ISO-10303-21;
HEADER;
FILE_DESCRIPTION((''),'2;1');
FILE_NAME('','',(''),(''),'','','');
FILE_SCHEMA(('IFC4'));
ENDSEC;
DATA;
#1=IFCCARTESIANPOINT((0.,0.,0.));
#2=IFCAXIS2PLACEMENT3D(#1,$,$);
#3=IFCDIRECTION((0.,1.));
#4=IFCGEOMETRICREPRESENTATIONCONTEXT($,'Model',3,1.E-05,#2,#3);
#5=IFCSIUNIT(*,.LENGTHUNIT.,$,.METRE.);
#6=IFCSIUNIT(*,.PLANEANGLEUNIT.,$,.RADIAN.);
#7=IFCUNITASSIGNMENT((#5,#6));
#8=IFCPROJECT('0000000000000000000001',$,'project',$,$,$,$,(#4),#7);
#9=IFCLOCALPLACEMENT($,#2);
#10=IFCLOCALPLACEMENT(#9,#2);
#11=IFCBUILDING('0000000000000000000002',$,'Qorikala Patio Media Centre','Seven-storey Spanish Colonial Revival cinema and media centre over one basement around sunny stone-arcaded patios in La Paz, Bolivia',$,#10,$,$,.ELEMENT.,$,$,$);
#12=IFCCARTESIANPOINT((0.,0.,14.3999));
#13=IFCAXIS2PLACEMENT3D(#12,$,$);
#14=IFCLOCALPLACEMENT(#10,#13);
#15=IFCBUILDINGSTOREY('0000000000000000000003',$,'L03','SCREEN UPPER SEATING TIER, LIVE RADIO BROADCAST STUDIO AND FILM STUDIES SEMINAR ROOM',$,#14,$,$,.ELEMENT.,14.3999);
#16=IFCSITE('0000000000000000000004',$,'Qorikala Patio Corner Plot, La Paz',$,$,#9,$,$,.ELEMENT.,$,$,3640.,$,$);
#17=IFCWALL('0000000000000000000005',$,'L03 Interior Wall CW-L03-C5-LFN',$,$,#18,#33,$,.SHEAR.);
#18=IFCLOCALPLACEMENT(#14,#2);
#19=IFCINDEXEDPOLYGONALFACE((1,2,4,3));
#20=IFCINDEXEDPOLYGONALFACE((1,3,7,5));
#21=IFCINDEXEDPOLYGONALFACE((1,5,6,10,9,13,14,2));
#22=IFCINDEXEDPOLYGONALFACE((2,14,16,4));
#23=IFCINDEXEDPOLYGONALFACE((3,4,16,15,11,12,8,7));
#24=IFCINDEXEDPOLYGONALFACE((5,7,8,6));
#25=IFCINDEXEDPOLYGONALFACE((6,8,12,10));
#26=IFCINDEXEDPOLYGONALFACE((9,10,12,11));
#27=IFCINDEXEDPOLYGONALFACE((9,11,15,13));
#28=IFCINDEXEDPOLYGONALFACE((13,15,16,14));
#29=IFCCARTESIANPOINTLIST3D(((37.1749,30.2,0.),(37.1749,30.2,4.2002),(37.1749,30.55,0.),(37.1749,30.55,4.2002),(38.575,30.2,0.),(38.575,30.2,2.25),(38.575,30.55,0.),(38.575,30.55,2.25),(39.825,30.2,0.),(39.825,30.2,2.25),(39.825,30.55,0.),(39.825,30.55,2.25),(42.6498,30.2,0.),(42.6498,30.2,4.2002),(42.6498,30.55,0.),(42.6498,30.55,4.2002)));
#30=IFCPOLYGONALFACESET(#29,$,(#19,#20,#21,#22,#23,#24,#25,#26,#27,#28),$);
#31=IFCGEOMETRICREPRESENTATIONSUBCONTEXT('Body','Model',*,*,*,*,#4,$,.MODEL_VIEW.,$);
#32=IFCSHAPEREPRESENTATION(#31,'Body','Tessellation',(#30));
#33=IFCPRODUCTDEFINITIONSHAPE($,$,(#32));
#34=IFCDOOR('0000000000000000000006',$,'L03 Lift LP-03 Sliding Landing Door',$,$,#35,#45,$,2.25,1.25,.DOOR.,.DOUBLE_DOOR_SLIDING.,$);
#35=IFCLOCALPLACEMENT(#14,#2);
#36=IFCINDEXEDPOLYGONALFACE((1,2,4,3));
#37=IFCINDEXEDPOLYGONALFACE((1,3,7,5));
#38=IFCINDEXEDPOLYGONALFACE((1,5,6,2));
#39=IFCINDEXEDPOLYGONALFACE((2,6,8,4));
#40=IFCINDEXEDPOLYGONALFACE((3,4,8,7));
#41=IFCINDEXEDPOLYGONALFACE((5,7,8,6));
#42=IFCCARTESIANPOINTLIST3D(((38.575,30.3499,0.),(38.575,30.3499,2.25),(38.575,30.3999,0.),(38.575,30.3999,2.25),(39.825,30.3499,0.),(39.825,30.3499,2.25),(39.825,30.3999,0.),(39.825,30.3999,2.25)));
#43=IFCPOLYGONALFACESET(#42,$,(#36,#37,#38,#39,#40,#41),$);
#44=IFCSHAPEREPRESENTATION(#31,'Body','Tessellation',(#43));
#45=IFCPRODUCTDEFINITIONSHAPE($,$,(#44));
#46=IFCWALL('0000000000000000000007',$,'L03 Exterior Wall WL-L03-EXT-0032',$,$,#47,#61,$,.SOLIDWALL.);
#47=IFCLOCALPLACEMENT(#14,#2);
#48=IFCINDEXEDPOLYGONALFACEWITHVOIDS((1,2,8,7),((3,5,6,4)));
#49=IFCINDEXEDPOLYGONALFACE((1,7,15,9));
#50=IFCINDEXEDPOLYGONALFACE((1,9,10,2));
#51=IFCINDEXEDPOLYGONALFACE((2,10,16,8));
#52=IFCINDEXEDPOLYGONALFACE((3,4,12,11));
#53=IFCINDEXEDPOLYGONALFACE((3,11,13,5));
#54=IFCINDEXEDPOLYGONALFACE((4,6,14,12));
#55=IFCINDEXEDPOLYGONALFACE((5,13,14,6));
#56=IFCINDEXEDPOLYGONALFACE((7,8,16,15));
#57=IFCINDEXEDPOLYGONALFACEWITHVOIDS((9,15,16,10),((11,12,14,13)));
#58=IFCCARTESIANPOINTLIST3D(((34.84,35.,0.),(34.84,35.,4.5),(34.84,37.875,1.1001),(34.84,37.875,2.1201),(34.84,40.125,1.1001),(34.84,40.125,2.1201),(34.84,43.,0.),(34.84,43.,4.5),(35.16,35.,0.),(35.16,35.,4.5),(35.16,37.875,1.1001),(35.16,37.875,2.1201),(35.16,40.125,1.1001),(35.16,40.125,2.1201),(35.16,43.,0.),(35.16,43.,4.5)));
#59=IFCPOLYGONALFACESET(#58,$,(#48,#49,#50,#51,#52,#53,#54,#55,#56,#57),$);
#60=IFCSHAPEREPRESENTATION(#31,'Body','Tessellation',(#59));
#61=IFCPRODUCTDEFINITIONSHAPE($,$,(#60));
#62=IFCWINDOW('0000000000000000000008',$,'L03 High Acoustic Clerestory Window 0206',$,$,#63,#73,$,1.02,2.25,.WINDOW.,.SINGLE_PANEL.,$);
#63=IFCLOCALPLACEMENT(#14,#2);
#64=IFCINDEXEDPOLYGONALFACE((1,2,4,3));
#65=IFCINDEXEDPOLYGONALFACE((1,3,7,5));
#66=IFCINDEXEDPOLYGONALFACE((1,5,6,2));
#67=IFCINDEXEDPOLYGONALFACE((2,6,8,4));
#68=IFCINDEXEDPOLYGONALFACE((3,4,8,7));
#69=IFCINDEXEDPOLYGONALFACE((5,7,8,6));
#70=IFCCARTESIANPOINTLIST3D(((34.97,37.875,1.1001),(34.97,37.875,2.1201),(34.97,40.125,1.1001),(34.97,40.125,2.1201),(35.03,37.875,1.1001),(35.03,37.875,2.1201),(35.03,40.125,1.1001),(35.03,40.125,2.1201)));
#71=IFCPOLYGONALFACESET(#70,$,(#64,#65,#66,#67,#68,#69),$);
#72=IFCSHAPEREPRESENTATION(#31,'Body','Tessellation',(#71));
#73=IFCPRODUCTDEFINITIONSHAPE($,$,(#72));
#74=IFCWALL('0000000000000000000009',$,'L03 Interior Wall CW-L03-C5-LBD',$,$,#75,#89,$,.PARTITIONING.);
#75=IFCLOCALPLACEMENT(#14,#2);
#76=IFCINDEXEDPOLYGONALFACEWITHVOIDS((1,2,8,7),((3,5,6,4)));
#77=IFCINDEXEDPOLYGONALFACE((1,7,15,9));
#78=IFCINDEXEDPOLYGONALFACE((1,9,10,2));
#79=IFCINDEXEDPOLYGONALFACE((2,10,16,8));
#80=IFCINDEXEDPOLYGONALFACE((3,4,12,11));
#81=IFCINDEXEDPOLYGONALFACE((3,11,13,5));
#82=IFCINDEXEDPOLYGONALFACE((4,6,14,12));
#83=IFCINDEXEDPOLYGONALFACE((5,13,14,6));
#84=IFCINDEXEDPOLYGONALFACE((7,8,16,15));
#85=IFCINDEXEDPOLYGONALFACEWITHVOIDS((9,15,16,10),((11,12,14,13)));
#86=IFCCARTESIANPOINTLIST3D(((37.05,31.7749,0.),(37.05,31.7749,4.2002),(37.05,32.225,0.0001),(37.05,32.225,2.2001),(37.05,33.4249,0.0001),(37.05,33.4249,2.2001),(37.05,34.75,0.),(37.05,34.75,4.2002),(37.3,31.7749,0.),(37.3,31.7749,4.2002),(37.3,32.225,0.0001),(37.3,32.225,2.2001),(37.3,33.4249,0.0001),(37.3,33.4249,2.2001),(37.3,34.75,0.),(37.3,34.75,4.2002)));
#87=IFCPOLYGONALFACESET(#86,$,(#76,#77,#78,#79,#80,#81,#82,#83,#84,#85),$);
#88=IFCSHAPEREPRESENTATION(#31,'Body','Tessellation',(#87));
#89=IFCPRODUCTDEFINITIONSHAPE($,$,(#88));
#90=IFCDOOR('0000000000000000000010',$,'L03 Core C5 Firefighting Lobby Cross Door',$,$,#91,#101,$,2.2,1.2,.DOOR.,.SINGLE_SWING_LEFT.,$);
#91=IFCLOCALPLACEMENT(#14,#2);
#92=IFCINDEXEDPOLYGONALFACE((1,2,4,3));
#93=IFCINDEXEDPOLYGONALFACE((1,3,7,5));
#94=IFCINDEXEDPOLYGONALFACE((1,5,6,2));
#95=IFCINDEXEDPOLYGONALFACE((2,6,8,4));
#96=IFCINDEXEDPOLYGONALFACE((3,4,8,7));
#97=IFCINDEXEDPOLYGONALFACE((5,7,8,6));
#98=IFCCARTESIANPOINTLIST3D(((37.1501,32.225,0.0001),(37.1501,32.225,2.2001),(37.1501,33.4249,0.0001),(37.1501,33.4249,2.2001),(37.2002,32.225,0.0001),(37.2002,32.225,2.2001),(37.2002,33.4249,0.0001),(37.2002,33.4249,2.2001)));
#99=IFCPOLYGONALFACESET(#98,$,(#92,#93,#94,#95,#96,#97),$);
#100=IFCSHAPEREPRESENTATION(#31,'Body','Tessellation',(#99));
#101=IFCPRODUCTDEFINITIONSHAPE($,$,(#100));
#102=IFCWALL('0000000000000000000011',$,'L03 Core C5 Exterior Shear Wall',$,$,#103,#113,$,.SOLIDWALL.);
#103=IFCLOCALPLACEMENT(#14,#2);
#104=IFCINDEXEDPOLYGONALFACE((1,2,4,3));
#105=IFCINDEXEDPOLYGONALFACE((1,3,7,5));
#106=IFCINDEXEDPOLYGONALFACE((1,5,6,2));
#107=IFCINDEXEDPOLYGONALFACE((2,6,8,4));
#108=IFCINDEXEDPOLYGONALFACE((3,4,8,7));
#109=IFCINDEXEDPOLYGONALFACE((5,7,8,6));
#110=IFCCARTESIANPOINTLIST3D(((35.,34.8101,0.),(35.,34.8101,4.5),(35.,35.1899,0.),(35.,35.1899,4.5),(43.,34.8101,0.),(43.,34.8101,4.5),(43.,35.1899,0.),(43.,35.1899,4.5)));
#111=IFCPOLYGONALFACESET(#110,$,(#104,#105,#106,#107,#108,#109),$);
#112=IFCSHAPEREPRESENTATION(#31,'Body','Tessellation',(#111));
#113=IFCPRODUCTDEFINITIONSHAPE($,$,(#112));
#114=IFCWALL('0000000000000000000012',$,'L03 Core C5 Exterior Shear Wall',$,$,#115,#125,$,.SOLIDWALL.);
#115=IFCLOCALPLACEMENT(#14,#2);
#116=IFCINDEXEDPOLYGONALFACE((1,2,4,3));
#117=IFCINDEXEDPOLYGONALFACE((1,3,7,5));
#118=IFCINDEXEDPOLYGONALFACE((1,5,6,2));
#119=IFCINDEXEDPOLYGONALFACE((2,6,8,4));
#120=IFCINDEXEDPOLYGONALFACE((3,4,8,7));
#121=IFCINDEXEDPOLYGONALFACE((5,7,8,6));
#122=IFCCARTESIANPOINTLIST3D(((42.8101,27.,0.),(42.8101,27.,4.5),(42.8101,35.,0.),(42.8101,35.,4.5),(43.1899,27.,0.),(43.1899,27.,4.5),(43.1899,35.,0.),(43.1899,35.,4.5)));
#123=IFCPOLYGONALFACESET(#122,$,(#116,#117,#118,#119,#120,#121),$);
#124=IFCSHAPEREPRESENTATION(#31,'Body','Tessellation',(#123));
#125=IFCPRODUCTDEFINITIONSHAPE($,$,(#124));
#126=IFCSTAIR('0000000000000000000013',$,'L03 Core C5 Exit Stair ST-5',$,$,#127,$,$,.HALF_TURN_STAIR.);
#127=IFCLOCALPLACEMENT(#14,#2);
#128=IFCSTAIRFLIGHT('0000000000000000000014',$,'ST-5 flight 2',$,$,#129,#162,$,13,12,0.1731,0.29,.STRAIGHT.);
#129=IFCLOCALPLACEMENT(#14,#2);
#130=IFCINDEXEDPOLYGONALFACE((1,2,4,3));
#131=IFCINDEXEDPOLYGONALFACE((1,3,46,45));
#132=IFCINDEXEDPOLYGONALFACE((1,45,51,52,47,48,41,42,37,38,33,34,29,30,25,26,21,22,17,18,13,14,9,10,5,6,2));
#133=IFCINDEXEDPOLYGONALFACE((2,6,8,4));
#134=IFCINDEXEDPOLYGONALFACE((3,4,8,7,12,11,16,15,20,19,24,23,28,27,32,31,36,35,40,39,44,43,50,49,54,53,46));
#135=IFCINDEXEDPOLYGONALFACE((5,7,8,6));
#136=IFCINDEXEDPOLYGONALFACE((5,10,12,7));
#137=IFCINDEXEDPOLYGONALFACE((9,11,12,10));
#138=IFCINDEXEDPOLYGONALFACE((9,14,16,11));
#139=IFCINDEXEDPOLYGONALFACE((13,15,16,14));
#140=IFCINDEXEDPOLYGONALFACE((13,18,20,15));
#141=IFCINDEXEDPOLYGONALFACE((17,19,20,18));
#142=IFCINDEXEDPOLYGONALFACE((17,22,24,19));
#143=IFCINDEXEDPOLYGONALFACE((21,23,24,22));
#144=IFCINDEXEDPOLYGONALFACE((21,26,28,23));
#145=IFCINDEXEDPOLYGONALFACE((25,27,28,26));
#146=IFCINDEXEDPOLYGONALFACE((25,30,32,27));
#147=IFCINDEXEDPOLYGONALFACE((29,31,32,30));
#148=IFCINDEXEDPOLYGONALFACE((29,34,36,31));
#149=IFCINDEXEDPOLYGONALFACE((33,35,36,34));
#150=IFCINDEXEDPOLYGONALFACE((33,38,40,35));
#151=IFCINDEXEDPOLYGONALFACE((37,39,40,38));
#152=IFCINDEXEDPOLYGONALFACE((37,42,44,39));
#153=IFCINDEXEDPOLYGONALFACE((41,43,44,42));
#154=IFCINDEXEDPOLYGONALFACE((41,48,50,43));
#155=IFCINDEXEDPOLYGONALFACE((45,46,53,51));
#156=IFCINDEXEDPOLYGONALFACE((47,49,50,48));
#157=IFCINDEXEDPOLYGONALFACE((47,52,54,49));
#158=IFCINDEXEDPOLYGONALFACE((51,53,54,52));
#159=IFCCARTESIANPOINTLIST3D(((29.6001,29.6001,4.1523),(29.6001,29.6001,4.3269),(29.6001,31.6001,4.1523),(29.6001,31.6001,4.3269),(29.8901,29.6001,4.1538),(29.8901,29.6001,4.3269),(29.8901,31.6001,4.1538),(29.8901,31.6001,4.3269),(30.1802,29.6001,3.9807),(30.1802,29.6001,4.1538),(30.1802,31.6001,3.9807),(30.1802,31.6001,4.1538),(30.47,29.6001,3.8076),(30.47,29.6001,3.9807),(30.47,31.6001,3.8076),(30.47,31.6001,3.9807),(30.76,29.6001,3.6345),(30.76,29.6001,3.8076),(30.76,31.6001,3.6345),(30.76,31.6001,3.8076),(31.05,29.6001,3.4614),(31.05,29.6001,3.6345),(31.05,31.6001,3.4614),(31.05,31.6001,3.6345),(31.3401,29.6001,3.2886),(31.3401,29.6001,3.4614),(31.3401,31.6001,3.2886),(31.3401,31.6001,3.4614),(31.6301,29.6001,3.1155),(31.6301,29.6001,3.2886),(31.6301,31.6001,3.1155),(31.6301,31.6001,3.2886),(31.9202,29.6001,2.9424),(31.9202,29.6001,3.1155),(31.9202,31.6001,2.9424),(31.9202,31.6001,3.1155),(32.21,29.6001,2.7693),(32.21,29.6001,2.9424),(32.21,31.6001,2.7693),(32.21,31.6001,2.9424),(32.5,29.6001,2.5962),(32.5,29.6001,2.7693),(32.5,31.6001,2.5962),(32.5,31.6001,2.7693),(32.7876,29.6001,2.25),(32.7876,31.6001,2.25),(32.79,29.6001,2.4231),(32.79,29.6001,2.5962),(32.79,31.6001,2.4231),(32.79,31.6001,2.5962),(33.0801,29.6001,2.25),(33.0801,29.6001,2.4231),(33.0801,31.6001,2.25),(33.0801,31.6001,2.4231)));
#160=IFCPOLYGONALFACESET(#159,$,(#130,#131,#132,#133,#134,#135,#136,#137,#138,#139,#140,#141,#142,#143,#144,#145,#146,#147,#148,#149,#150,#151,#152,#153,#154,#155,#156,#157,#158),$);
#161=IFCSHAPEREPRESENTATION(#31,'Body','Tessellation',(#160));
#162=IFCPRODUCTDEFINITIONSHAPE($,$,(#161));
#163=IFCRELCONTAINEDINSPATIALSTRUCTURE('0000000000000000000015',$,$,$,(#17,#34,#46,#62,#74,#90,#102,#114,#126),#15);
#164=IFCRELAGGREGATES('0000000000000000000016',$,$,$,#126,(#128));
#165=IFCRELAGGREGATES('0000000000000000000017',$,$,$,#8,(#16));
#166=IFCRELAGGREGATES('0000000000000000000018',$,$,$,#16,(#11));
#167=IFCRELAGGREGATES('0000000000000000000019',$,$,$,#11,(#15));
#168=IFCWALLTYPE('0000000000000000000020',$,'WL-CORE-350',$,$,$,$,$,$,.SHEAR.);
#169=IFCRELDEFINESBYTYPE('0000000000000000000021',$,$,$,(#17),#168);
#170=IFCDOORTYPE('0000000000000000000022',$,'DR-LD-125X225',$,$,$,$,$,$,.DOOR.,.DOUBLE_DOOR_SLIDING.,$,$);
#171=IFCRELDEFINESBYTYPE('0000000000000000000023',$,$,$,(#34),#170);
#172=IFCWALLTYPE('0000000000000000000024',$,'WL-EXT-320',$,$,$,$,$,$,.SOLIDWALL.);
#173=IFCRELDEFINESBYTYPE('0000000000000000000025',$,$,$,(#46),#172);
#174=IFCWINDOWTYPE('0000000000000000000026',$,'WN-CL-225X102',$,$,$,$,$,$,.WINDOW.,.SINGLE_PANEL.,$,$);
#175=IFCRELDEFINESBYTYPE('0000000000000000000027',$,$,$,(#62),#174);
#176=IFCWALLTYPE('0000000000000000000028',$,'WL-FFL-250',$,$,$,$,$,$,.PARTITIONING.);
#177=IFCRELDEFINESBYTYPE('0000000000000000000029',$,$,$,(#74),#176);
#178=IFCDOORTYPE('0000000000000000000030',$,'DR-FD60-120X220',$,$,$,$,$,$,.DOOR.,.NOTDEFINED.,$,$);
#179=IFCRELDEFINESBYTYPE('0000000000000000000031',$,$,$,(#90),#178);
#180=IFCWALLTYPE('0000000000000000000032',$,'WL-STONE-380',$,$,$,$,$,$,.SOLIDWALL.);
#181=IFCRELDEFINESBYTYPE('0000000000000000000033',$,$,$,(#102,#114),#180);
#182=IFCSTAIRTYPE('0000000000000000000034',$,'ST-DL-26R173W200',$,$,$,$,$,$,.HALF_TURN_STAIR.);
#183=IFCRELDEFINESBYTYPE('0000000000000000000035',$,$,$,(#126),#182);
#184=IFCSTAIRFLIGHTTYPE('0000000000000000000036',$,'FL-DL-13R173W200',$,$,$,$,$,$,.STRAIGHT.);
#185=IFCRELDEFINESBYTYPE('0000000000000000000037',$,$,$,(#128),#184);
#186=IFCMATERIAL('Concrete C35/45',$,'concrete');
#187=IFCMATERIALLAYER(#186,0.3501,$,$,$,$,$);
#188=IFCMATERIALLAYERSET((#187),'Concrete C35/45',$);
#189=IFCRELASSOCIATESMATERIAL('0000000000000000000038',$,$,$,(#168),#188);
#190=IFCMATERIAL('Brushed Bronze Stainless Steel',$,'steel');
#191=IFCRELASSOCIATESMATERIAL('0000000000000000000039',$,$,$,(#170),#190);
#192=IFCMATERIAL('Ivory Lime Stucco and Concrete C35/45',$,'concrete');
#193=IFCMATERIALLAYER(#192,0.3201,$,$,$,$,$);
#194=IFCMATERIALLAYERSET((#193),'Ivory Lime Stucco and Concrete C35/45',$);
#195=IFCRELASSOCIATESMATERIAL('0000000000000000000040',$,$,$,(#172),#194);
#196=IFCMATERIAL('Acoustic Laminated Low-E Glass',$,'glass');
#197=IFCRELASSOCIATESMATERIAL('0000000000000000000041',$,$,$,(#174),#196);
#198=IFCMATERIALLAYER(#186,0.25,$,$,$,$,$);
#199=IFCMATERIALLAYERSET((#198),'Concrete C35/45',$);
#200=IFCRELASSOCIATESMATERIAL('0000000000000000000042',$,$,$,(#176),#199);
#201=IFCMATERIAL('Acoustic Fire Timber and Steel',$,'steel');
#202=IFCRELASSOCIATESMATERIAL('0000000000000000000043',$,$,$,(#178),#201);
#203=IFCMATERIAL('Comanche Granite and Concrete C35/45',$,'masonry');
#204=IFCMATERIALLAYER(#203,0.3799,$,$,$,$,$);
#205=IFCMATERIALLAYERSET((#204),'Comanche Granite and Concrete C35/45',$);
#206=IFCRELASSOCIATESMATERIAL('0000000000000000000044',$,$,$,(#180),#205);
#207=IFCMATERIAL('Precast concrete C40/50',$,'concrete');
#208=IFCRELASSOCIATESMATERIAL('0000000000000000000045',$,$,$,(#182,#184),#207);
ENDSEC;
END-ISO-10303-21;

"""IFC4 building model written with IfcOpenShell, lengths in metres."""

from ifc_helpers import new_model, si_unit, direction, frame, frame_2d, origin, place, context, subcontext, project, spatial, polyline, rectangle, outline, extrude, material, layer, layer_set, type_object, element, fill, aggregate, save


model = new_model("IFC4")

# Units and contexts
model_context = context("Model", 3, precision=1e-05, world=origin(), true_north=direction((0.0, 1.0)))
body_context = subcontext(model_context, "Body", "Model", "MODEL_VIEW")
ifc_project = project(units=[si_unit("LENGTHUNIT", "METRE"), si_unit("PLANEANGLEUNIT", "RADIAN")], contexts=[model_context])

# Site, building, storey
site_placement = place(None, origin())
site = spatial("IfcSite", under=ifc_project, at=site_placement, Name="Qorikala Patio Corner Plot, La Paz", CompositionType="ELEMENT", RefElevation=3640.0)
building_placement = place(site_placement, origin())
building = spatial("IfcBuilding", under=site, at=building_placement, Name="Qorikala Patio Media Centre", Description="Seven-storey Spanish Colonial Revival cinema and media centre over one basement around sunny stone-arcaded patios in La Paz, Bolivia", CompositionType="ELEMENT")
storey_placement = place(building_placement, frame((0.0, 0.0, 14.3999)))
storey = spatial("IfcBuildingStorey", under=building, at=storey_placement, Name="L03", Description="SCREEN UPPER SEATING TIER, LIVE RADIO BROADCAST STUDIO AND FILM STUDIES SEMINAR ROOM", CompositionType="ELEMENT", Elevation=14.3999)

# Shared definitions
ifc_material_1 = material(Name="Concrete C35/45", Category="concrete")

# Shared definitions
ifc_layer_1 = layer(ifc_material_1, 0.3501)
ifc_layer_set_1 = layer_set([ifc_layer_1], Name="Concrete C35/45")
wall_type_1 = type_object("IfcWallType", Name="WL-CORE-350", PredefinedType="SHEAR", material=ifc_layer_set_1)

# Wall, opening, door
wall_1_placement = place(storey_placement, frame((37.175, 30.375, 0.0), z_axis=(0.0, 0.0, 1.0), x_axis=(1.0, 0.0, 0.0)))
wall_1 = element("IfcWall", 1, at=wall_1_placement, inside=storey, type_object=wall_type_1, Name="L03 Interior Wall CW-L03-C5-LFN", PredefinedType="SHEAR", context=body_context, shape_type="SweptSolid", body=[
    extrude(rectangle(XDim=5.4749, YDim=0.3501, at=frame_2d((2.7373, 0.0))), origin(), (0.0, 0.0, 1.0), 4.2002),
])
opening_1_placement = place(wall_1_placement, frame((1.3999, 0.0, 0.0)))
opening_1 = element("IfcOpeningElement", 2, at=opening_1_placement, cuts=wall_1, PredefinedType="OPENING", context=body_context, shape_type="SweptSolid", body=[
    extrude(rectangle(XDim=1.25, YDim=2.25, at=frame_2d((0.625, 1.125))), frame((0.0, 0.1851, 0.0), z_axis=(0.0, -1.0, 0.0), x_axis=(1.0, 0.0, 0.0)), (0.0, 0.0, 1.0), 0.3701),
])
ifc_material_2 = material(Name="Brushed Bronze Stainless Steel", Category="steel")
door_type_1 = type_object("IfcDoorType", Name="DR-LD-125X225", OperationType="DOUBLE_DOOR_SLIDING", PredefinedType="DOOR", material=ifc_material_2)
door_1_placement = place(opening_1_placement, origin())
door_1 = element("IfcDoor", 3, at=door_1_placement, inside=storey, type_object=door_type_1, Name="L03 Lift LP-03 Sliding Landing Door", OperationType="DOUBLE_DOOR_SLIDING", OverallHeight=2.25, OverallWidth=1.25, PredefinedType="DOOR", context=body_context, shape_type="SweptSolid", body=[
    extrude(rectangle(XDim=1.25, YDim=2.25, at=frame_2d((0.625, 1.125))), frame((0.0, 0.0249, 0.0), z_axis=(0.0, -1.0, 0.0), x_axis=(1.0, 0.0, 0.0)), (0.0, 0.0, 1.0), 0.05),
])
fill(opening_1, door_1)

# Wall, opening, window
ifc_material_3 = material(Name="Ivory Lime Stucco and Concrete C35/45", Category="concrete")
ifc_layer_2 = layer(ifc_material_3, 0.3201)
ifc_layer_set_2 = layer_set([ifc_layer_2], Name="Ivory Lime Stucco and Concrete C35/45")
wall_type_2 = type_object("IfcWallType", Name="WL-EXT-320", PredefinedType="SOLIDWALL", material=ifc_layer_set_2)
wall_2_placement = place(storey_placement, frame((35.0, 43.0, 0.0), z_axis=(0.0, 0.0, 1.0), x_axis=(0.0, -1.0, 0.0)))
wall_2 = element("IfcWall", 4, at=wall_2_placement, inside=storey, type_object=wall_type_2, Name="L03 Exterior Wall WL-L03-EXT-0032", PredefinedType="SOLIDWALL", context=body_context, shape_type="SweptSolid", body=[
    extrude(rectangle(XDim=8.0, YDim=0.3201, at=frame_2d((4.0, 0.0))), origin(), (0.0, 0.0, 1.0), 4.5),
])
opening_2_placement = place(wall_2_placement, frame((2.875, 0.0, 1.1001)))
opening_2 = element("IfcOpeningElement", 5, at=opening_2_placement, cuts=wall_2, PredefinedType="OPENING", context=body_context, shape_type="SweptSolid", body=[
    extrude(rectangle(XDim=2.25, YDim=1.02, at=frame_2d((1.125, 0.51))), frame((0.0, 0.1699, 0.0), z_axis=(0.0, -1.0, 0.0), x_axis=(1.0, 0.0, 0.0)), (0.0, 0.0, 1.0), 0.3401),
])
ifc_material_4 = material(Name="Acoustic Laminated Low-E Glass", Category="glass")
window_type = type_object("IfcWindowType", Name="WN-CL-225X102", PartitioningType="SINGLE_PANEL", PredefinedType="WINDOW", material=ifc_material_4)
window_placement = place(opening_2_placement, origin())
window = element("IfcWindow", 6, at=window_placement, inside=storey, type_object=window_type, Name="L03 High Acoustic Clerestory Window 0206", OverallHeight=1.02, OverallWidth=2.25, PartitioningType="SINGLE_PANEL", PredefinedType="WINDOW", context=body_context, shape_type="SweptSolid", body=[
    extrude(rectangle(XDim=2.25, YDim=1.02, at=frame_2d((1.125, 0.51))), frame((0.0, 0.03, 0.0), z_axis=(0.0, -1.0, 0.0), x_axis=(1.0, 0.0, 0.0)), (0.0, 0.0, 1.0), 0.0601),
])
fill(opening_2, window)

# Wall, opening, door
ifc_layer_3 = layer(ifc_material_1, 0.25)
ifc_layer_set_3 = layer_set([ifc_layer_3], Name="Concrete C35/45")
wall_type_3 = type_object("IfcWallType", Name="WL-FFL-250", PredefinedType="PARTITIONING", material=ifc_layer_set_3)
wall_3_placement = place(storey_placement, frame((37.175, 31.7749, 0.0), z_axis=(0.0, 0.0, 1.0), x_axis=(0.0, 1.0, 0.0)))
wall_3 = element("IfcWall", 7, at=wall_3_placement, inside=storey, type_object=wall_type_3, Name="L03 Interior Wall CW-L03-C5-LBD", PredefinedType="PARTITIONING", context=body_context, shape_type="SweptSolid", body=[
    extrude(rectangle(XDim=2.9751, YDim=0.25, at=frame_2d((1.4875, 0.0))), origin(), (0.0, 0.0, 1.0), 4.2002),
])
opening_3_placement = place(wall_3_placement, frame((0.45, 0.0, 0.0)))
opening_3 = element("IfcOpeningElement", 8, at=opening_3_placement, cuts=wall_3, PredefinedType="OPENING", context=body_context, shape_type="SweptSolid", body=[
    extrude(rectangle(XDim=1.2, YDim=2.2, at=frame_2d((0.6001, 1.1001))), frame((0.0, 0.135, 0.0), z_axis=(0.0, -1.0, 0.0), x_axis=(1.0, 0.0, 0.0)), (0.0, 0.0, 1.0), 0.27),
])
ifc_material_5 = material(Name="Acoustic Fire Timber and Steel", Category="steel")
door_type_2 = type_object("IfcDoorType", Name="DR-FD60-120X220", OperationType="NOTDEFINED", PredefinedType="DOOR", material=ifc_material_5)
door_2_placement = place(opening_3_placement, origin())
door_2 = element("IfcDoor", 9, at=door_2_placement, inside=storey, type_object=door_type_2, Name="L03 Core C5 Firefighting Lobby Cross Door", OperationType="SINGLE_SWING_LEFT", OverallHeight=2.2, OverallWidth=1.2, PredefinedType="DOOR", context=body_context, shape_type="SweptSolid", body=[
    extrude(rectangle(XDim=1.2, YDim=2.2, at=frame_2d((0.6001, 1.1001))), frame((0.0, 0.0249, 0.0), z_axis=(0.0, -1.0, 0.0), x_axis=(1.0, 0.0, 0.0)), (0.0, 0.0, 1.0), 0.05),
])
fill(opening_3, door_2)

# Walls
ifc_material_6 = material(Name="Comanche Granite and Concrete C35/45", Category="masonry")
ifc_layer_4 = layer(ifc_material_6, 0.3799)
ifc_layer_set_4 = layer_set([ifc_layer_4], Name="Comanche Granite and Concrete C35/45")
wall_type_4 = type_object("IfcWallType", Name="WL-STONE-380", PredefinedType="SOLIDWALL", material=ifc_layer_set_4)
for number, where, z_axis, x_axis, name in (
    (10, (35.0, 35.0, 0.0), (0.0, 0.0, 1.0), (1.0, 0.0, 0.0), "L03 Core C5 Exterior Shear Wall"),
    (11, (43.0, 35.0, 0.0), (0.0, 0.0, 1.0), (0.0, -1.0, 0.0), "L03 Core C5 Exterior Shear Wall"),
):
    element("IfcWall", number, at=place(storey_placement, frame(where, z_axis=z_axis, x_axis=x_axis)), inside=storey, type_object=wall_type_4, Name=name, PredefinedType="SOLIDWALL", context=body_context, shape_type="SweptSolid", body=[
        extrude(rectangle(XDim=8.0, YDim=0.3799, at=frame_2d((4.0, 0.0))), origin(), (0.0, 0.0, 1.0), 4.5),
    ])

# Stair, stair flight
ifc_material_7 = material(Name="Precast concrete C40/50", Category="concrete")
stair_type = type_object("IfcStairType", Name="ST-DL-26R173W200", PredefinedType="HALF_TURN_STAIR", material=ifc_material_7)
stair_placement = place(storey_placement, origin())
stair = element("IfcStair", 12, at=stair_placement, inside=storey, type_object=stair_type, Name="L03 Core C5 Exit Stair ST-5", PredefinedType="HALF_TURN_STAIR")
stair_flight_type = type_object("IfcStairFlightType", Name="FL-DL-13R173W200", PredefinedType="STRAIGHT", material=ifc_material_7)
stair_flight_placement = place(storey_placement, frame((33.0801, 30.6001, 2.25), z_axis=(0.0, 0.0, 1.0), x_axis=(-1.0, 0.0, 0.0)))
stair_flight = element("IfcStairFlight", 13, at=stair_flight_placement, type_object=stair_flight_type, Name="ST-5 flight 2", NumberOfRisers=13, NumberOfTreads=12, PredefinedType="STRAIGHT", RiserHeight=0.1731, TreadLength=0.29, context=body_context, shape_type="SweptSolid", body=[
    extrude(outline(polyline([(0.0, 0.0), (0.0, 0.1731), (0.29, 0.1731), (0.29, 0.3462), (0.5801, 0.3462), (0.5801, 0.5193), (0.8701, 0.5193), (0.8701, 0.6924), (1.1599, 0.6924), (1.1599, 0.8655), (1.45, 0.8655), (1.45, 1.0386), (1.74, 1.0386), (1.74, 1.2114), (2.03, 1.2114), (2.03, 1.3845), (2.3201, 1.3845), (2.3201, 1.5576), (2.6101, 1.5576), (2.6101, 1.7307), (2.8999, 1.7307), (2.8999, 1.9038), (3.1899, 1.9038), (3.1899, 2.0769), (3.48, 2.0769), (3.48, 2.25), (3.48, 1.9023), (0.2925, 0.0), (0.0, 0.0)])), frame((0.0, 1.0, 0.0), z_axis=(0.0, -1.0, 0.0), x_axis=(1.0, 0.0, 0.0)), (0.0, 0.0, 1.0), 2.0),
])
aggregate(stair, [stair_flight])

save(model, "model.ifc")
